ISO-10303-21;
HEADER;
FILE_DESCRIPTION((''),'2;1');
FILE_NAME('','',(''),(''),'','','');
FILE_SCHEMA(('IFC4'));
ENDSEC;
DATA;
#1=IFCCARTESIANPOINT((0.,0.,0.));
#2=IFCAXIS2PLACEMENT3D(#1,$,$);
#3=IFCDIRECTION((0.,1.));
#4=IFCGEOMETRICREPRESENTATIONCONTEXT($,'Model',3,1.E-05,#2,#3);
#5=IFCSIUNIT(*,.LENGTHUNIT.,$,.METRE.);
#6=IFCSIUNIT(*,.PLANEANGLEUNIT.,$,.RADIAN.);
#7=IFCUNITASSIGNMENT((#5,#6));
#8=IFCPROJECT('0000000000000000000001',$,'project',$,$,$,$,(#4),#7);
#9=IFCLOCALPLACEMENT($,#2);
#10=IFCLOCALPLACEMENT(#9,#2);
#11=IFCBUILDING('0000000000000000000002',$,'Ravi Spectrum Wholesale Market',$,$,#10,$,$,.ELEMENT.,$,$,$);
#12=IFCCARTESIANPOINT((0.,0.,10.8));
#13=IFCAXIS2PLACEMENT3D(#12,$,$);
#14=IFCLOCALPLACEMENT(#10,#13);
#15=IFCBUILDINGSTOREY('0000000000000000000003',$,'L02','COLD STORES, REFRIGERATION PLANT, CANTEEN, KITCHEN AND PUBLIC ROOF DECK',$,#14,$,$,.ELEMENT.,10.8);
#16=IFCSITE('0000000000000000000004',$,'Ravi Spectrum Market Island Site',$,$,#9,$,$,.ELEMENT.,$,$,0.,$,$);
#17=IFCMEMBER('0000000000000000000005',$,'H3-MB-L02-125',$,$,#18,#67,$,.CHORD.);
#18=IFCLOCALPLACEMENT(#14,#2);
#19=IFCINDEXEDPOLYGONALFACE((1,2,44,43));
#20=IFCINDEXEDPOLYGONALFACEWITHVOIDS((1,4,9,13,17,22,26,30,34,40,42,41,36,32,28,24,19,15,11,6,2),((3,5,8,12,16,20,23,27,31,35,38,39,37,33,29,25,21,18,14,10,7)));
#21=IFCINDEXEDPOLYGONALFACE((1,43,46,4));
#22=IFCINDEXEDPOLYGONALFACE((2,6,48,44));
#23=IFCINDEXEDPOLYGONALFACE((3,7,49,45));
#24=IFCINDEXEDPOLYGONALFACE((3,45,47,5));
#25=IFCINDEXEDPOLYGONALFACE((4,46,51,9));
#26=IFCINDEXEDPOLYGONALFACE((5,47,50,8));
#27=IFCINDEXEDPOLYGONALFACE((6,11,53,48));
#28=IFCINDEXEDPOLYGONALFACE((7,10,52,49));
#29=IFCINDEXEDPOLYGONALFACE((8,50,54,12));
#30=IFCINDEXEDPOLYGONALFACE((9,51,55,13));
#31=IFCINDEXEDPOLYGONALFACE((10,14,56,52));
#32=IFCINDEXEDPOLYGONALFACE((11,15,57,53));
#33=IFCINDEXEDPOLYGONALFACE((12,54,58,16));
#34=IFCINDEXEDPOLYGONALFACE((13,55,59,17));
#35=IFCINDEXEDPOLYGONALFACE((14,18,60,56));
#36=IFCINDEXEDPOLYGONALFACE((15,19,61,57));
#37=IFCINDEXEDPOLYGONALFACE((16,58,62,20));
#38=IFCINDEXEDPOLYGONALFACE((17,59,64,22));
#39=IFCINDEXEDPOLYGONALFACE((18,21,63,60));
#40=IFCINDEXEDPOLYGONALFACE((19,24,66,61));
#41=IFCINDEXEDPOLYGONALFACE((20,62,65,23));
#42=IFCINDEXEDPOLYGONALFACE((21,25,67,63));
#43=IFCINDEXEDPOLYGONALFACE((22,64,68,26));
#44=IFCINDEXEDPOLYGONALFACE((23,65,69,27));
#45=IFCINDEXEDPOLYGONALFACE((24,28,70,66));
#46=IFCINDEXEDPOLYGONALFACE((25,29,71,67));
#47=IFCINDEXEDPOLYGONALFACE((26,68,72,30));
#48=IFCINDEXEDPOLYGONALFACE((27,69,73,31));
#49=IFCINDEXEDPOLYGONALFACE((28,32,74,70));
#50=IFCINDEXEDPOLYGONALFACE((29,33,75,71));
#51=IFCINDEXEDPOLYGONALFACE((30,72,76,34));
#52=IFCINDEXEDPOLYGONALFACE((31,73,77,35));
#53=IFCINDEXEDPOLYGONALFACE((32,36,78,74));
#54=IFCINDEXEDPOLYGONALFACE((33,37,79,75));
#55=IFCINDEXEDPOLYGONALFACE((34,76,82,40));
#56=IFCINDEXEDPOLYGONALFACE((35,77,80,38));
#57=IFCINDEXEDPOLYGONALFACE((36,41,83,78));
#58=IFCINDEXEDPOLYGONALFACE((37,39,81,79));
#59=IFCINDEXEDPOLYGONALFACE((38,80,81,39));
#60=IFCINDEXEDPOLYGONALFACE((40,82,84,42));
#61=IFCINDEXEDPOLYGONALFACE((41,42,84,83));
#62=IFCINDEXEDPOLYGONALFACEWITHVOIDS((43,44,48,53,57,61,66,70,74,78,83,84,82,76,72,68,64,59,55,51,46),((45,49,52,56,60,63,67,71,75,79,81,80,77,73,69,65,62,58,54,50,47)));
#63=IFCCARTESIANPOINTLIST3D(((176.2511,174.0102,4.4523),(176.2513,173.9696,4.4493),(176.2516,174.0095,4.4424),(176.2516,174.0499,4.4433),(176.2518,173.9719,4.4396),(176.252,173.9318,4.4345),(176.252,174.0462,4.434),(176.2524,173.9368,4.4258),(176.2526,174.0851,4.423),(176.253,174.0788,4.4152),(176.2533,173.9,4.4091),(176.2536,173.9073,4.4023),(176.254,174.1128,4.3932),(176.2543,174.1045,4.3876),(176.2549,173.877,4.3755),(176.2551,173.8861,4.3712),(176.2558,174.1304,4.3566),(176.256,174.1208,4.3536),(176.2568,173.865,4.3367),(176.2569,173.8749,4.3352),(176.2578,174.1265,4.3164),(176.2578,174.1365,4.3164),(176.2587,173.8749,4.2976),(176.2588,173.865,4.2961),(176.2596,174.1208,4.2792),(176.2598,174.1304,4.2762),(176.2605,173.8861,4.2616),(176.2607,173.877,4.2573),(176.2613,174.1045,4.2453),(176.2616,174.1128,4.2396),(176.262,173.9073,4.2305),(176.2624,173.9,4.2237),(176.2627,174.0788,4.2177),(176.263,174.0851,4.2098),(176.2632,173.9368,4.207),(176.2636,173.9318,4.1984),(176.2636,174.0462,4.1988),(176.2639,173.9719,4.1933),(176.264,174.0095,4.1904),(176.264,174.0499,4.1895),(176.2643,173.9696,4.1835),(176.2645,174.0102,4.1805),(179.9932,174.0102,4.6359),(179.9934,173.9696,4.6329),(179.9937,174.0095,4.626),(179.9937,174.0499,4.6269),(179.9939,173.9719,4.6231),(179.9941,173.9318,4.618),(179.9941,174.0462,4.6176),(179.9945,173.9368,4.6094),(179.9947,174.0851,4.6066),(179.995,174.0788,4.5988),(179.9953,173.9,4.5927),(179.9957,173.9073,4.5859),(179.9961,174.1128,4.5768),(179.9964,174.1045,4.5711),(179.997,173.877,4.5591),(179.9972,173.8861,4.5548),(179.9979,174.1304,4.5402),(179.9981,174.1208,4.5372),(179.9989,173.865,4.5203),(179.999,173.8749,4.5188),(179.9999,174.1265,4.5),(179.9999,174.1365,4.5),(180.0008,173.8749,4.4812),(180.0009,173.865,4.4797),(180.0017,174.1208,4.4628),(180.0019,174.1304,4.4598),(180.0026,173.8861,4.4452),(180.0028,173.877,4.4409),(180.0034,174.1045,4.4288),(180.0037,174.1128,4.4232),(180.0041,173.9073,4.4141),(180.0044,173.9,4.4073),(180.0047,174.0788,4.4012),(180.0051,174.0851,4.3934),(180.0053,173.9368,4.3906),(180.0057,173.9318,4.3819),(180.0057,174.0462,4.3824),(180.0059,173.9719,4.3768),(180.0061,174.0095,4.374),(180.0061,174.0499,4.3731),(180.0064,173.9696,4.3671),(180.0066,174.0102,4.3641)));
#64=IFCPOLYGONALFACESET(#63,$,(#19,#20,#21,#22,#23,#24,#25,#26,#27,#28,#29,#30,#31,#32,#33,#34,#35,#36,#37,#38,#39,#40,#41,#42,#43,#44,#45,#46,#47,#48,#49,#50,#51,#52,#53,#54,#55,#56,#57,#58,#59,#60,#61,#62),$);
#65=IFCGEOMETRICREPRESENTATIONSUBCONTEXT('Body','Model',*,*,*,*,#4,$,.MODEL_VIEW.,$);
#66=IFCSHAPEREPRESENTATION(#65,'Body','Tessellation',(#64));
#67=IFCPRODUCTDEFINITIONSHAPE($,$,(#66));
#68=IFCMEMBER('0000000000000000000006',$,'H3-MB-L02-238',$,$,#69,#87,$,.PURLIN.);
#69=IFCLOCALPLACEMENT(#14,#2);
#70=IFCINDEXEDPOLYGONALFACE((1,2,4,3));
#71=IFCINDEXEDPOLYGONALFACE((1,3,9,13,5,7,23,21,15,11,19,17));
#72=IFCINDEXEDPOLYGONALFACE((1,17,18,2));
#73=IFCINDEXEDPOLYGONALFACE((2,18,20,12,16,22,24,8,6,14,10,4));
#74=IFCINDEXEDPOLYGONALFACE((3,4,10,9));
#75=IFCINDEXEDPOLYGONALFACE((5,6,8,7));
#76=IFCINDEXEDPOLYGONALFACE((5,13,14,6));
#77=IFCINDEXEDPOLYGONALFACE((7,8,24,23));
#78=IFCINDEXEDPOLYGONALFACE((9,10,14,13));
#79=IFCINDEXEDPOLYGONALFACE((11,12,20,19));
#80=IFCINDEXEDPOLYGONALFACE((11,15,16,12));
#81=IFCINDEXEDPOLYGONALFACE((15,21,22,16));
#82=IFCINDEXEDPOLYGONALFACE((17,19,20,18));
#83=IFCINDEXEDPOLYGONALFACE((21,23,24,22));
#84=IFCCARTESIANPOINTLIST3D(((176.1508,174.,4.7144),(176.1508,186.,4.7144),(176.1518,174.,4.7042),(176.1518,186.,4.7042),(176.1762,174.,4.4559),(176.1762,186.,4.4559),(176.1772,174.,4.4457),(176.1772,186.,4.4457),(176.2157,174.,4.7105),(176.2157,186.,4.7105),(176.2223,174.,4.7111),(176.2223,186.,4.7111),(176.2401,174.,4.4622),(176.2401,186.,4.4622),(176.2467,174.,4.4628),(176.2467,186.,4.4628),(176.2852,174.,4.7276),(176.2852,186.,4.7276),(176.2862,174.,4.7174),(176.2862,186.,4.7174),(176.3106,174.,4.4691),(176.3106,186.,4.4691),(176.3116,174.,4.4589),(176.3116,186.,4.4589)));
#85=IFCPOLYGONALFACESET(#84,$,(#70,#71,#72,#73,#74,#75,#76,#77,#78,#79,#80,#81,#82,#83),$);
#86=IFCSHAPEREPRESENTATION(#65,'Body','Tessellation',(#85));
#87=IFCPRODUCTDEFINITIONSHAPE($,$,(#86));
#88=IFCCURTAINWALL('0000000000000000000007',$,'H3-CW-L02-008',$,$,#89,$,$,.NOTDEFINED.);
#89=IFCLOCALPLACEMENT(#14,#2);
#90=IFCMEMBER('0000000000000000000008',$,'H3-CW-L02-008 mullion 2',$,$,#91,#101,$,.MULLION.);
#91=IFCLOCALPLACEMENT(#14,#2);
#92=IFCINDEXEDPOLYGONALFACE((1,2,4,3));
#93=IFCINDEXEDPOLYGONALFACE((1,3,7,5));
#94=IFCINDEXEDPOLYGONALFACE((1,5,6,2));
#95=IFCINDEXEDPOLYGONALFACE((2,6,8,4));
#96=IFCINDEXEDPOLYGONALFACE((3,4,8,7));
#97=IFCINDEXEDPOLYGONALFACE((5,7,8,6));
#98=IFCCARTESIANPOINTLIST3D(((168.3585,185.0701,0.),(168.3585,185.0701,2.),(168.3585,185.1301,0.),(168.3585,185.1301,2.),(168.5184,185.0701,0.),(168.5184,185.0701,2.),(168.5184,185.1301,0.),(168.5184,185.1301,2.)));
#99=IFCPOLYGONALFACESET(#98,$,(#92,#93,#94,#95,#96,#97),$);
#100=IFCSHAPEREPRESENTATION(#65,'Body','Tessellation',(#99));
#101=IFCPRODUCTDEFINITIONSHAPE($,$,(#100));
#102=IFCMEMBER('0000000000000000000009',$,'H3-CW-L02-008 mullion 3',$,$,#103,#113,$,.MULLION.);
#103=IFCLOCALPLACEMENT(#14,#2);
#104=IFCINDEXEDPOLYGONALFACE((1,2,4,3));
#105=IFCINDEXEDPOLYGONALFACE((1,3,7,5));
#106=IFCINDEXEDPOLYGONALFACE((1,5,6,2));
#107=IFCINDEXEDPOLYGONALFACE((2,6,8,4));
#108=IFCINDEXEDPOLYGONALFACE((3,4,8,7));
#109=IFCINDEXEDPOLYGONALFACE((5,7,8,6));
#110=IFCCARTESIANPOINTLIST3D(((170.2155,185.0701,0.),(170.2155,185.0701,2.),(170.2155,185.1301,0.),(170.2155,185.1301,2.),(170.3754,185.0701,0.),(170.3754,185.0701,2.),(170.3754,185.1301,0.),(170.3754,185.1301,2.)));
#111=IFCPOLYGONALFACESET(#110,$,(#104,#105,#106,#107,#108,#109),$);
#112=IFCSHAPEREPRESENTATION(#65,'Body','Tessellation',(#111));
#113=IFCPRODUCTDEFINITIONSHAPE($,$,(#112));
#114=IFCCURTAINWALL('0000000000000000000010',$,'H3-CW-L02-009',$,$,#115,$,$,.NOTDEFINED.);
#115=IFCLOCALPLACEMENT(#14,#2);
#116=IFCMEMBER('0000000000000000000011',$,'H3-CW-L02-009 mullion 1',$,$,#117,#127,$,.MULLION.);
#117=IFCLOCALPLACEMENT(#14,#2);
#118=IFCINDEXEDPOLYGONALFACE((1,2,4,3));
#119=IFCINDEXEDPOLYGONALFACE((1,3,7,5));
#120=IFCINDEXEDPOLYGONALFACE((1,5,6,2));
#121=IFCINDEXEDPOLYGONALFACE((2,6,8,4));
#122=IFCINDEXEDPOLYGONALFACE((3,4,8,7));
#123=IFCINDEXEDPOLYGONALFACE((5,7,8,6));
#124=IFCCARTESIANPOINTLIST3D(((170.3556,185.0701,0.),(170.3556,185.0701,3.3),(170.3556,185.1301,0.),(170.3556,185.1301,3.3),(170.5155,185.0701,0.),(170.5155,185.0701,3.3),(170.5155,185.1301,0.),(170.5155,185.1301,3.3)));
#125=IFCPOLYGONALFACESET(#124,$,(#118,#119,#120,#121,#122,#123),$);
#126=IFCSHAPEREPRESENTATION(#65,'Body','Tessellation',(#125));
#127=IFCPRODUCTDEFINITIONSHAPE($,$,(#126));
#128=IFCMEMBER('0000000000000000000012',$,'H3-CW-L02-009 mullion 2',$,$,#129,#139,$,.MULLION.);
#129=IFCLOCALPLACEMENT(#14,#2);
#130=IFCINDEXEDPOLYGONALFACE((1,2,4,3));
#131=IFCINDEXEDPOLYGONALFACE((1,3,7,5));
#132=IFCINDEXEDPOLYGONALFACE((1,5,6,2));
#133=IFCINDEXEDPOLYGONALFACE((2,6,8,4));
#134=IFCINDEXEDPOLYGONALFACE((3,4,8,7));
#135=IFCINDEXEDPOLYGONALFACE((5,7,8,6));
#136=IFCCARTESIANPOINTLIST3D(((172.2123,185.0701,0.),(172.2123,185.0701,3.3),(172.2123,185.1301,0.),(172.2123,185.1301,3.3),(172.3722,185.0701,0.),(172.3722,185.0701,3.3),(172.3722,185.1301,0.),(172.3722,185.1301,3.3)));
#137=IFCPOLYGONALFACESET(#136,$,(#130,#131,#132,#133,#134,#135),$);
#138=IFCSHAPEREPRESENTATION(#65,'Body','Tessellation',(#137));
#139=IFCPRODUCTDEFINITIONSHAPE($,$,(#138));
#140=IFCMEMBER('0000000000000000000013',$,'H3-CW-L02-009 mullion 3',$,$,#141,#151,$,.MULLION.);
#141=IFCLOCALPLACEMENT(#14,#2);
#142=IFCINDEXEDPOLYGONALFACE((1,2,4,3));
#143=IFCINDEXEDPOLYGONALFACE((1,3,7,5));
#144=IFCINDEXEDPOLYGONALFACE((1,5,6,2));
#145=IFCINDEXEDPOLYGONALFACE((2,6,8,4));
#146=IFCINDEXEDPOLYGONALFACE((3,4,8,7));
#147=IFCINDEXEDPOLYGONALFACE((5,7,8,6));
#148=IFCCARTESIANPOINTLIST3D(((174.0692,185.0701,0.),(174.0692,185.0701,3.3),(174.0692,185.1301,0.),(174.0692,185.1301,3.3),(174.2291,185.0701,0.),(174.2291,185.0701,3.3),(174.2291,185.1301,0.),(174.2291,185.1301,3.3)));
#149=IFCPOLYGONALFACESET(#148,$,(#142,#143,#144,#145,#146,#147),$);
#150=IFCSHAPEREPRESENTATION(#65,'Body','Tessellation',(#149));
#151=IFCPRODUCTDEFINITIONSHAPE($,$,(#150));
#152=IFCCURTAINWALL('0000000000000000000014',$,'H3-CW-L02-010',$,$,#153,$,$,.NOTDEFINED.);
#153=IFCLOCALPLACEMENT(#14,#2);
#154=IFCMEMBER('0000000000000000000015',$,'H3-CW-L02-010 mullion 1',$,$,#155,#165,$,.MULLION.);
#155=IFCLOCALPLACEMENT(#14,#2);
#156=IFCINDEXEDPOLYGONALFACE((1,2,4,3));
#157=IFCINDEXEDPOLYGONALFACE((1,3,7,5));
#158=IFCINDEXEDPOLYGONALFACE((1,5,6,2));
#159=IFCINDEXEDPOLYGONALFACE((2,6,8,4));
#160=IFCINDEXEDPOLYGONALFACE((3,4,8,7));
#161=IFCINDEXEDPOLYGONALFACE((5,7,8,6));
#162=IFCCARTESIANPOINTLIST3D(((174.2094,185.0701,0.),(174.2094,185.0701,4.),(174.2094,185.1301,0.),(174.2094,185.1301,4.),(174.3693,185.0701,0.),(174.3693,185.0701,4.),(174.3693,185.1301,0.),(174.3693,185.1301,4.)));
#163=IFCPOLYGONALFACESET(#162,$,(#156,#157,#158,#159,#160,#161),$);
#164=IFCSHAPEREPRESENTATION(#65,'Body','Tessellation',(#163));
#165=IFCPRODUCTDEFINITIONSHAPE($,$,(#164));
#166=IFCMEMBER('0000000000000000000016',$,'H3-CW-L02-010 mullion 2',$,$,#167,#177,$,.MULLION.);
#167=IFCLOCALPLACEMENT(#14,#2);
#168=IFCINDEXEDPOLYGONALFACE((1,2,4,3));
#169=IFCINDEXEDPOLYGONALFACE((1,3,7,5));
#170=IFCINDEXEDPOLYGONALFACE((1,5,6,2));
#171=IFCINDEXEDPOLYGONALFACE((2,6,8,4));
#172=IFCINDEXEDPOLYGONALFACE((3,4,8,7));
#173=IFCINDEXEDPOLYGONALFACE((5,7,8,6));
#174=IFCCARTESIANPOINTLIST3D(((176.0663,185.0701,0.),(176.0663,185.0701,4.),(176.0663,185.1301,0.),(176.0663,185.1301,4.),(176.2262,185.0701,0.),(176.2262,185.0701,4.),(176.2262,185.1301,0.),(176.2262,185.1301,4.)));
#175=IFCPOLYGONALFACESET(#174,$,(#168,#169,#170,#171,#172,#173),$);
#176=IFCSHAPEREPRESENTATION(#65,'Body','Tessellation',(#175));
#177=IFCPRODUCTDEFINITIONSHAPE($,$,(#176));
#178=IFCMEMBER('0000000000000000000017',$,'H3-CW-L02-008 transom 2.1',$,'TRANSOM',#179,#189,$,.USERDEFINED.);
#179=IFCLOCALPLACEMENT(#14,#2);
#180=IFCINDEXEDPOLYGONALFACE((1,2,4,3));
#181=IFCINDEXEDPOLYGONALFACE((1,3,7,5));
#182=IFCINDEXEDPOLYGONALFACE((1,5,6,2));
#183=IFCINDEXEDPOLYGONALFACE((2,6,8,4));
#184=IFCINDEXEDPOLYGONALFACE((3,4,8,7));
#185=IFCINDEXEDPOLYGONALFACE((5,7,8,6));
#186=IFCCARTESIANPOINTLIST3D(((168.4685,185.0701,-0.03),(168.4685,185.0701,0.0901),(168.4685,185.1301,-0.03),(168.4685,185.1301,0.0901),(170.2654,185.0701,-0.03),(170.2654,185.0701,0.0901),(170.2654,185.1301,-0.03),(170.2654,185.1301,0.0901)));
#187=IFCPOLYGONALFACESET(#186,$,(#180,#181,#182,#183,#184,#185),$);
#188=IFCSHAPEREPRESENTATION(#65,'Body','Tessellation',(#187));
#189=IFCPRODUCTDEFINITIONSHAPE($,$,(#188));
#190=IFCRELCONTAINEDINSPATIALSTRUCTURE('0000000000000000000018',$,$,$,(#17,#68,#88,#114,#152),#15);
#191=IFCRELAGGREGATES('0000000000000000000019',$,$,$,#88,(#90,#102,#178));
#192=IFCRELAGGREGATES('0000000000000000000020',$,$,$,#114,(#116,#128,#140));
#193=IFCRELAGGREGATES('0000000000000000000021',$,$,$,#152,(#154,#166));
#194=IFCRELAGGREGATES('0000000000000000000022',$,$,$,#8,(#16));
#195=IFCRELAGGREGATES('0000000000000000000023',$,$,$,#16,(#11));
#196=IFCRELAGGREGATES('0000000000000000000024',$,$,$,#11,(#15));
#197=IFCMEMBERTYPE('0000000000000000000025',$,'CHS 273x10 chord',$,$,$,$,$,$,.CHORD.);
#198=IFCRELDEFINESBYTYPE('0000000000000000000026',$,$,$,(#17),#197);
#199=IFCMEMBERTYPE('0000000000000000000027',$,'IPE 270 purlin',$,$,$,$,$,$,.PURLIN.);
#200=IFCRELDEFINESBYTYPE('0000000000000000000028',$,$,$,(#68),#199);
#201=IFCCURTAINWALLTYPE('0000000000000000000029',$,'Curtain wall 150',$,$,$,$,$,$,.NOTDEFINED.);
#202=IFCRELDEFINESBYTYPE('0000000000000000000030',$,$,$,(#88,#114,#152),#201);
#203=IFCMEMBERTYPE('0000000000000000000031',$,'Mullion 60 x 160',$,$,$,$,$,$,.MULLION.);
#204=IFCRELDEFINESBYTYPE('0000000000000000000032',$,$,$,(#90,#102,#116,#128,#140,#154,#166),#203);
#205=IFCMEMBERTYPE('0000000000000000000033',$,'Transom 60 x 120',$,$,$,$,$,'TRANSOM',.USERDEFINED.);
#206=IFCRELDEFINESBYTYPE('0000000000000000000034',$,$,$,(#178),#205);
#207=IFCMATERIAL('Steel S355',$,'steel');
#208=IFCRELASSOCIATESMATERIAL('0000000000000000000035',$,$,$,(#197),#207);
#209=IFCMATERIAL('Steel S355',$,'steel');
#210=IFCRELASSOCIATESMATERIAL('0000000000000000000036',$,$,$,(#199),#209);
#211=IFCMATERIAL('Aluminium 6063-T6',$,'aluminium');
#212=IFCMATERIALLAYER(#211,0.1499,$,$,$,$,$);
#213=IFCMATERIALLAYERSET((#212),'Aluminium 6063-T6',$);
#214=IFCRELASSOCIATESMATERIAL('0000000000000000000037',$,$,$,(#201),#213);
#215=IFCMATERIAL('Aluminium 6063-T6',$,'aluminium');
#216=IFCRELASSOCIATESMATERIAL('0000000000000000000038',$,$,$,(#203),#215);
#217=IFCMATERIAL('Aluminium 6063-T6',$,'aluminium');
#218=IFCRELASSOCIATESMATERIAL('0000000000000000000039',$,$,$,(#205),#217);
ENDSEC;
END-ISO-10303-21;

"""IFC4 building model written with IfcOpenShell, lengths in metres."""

from ifc_helpers import new_model, si_unit, direction, frame, origin, origin_2d, place, context, subcontext, project, spatial, rectangle, hollow_circle, i_section, extrude, material, layer, layer_set, material_profile, profile_set, type_object, element, aggregate, save


model = new_model("IFC4")

# Units and contexts
model_context = context("Model", 3, precision=1e-05, world=origin(), true_north=direction((0.0, 1.0)))
body_context = subcontext(model_context, "Body", "Model", "MODEL_VIEW")
ifc_project = project(units=[si_unit("LENGTHUNIT", "METRE"), si_unit("PLANEANGLEUNIT", "RADIAN")], contexts=[model_context])

# Site, building, storey
site_placement = place(None, origin())
site = spatial("IfcSite", under=ifc_project, at=site_placement, Name="Ravi Spectrum Market Island Site", CompositionType="ELEMENT", RefElevation=0.0)
building_placement = place(site_placement, origin())
building = spatial("IfcBuilding", under=site, at=building_placement, Name="Ravi Spectrum Wholesale Market", CompositionType="ELEMENT")
storey_placement = place(building_placement, frame((0.0, 0.0, 10.8)))
storey = spatial("IfcBuildingStorey", under=building, at=storey_placement, Name="L02", Description="COLD STORES, REFRIGERATION PLANT, CANTEEN, KITCHEN AND PUBLIC ROOF DECK", CompositionType="ELEMENT", Elevation=10.8)

# Members
ifc_material_1 = material(Name="Steel S355", Category="steel")
ifc_material_profile_1 = material_profile(ifc_material_1, hollow_circle(Radius=0.1365, WallThickness=0.01, at=origin_2d()))
ifc_profile_set_1 = profile_set([ifc_material_profile_1], Name="Steel S355")
member_type_1 = type_object("IfcMemberType", Name="CHS 273x10 chord", PredefinedType="CHORD", material=ifc_profile_set_1)
member_1_placement = place(storey_placement, frame((176.2578, 174.0, 4.3164), z_axis=(0.998799, 0.0, 0.049002), x_axis=(0.0, 1.0, 0.0)))
element("IfcMember", 1, at=member_1_placement, inside=storey, type_object=member_type_1, Name="H3-MB-L02-125", PredefinedType="CHORD", context=body_context, shape_type="SweptSolid", body=[
    extrude(hollow_circle(Radius=0.1365, WallThickness=0.01, at=origin_2d()), origin(), (0.0, 0.0, 1.0), 3.7466),
])
ifc_material_2 = material(Name="Steel S355", Category="steel")
ifc_material_profile_2 = material_profile(ifc_material_2, i_section(OverallWidth=0.135, OverallDepth=0.27, WebThickness=0.0066, FlangeThickness=0.0103, at=origin_2d()))
ifc_profile_set_2 = profile_set([ifc_material_profile_2], Name="Steel S355")
member_type_2 = type_object("IfcMemberType", Name="IPE 270 purlin", PredefinedType="PURLIN", material=ifc_profile_set_2)
member_2_placement = place(storey_placement, frame((176.2312, 174.0, 4.5867), z_axis=(0.0, 1.0, 0.0), x_axis=(-0.995203, 0.0, -0.097835)))
element("IfcMember", 2, at=member_2_placement, inside=storey, type_object=member_type_2, Name="H3-MB-L02-238", PredefinedType="PURLIN", context=body_context, shape_type="SweptSolid", body=[
    extrude(i_section(OverallWidth=0.135, OverallDepth=0.27, WebThickness=0.0066, FlangeThickness=0.0103, at=origin_2d()), origin(), (0.0, 0.0, 1.0), 12.0),
])

# Curtain walls, members
ifc_material_3 = material(Name="Aluminium 6063-T6", Category="aluminium")
ifc_layer_1 = layer(ifc_material_3, 0.1499)
ifc_layer_set_1 = layer_set([ifc_layer_1], Name="Aluminium 6063-T6")
curtain_wall_type = type_object("IfcCurtainWallType", Name="Curtain wall 150", PredefinedType="NOTDEFINED", material=ifc_layer_set_1)
curtain_wall_1_placement = place(storey_placement, origin())
curtain_wall_1 = element("IfcCurtainWall", 3, at=curtain_wall_1_placement, inside=storey, type_object=curtain_wall_type, Name="H3-CW-L02-008", PredefinedType="NOTDEFINED")
ifc_material_4 = material(Name="Aluminium 6063-T6", Category="aluminium")
ifc_material_profile_3 = material_profile(ifc_material_4, rectangle(XDim=0.0601, YDim=0.1599, at=origin_2d()))
ifc_profile_set_3 = profile_set([ifc_material_profile_3], Name="Aluminium 6063-T6")
member_type_3 = type_object("IfcMemberType", Name="Mullion 60 x 160", PredefinedType="MULLION", material=ifc_profile_set_3)
member_3_placement = place(storey_placement, frame((168.4385, 185.1001, 0.0), z_axis=(0.0, 0.0, 1.0), x_axis=(0.0, 1.0, 0.0)))
member_3 = element("IfcMember", 4, at=member_3_placement, type_object=member_type_3, Name="H3-CW-L02-008 mullion 2", PredefinedType="MULLION", context=body_context, shape_type="SweptSolid", body=[
    extrude(rectangle(XDim=0.0601, YDim=0.1599, at=origin_2d()), origin(), (0.0, 0.0, 1.0), 2.0),
])
member_4_placement = place(storey_placement, frame((170.2954, 185.1001, 0.0), z_axis=(0.0, 0.0, 1.0), x_axis=(0.0, 1.0, 0.0)))
member_4 = element("IfcMember", 5, at=member_4_placement, type_object=member_type_3, Name="H3-CW-L02-008 mullion 3", PredefinedType="MULLION", context=body_context, shape_type="SweptSolid", body=[
    extrude(rectangle(XDim=0.0601, YDim=0.1599, at=origin_2d()), origin(), (0.0, 0.0, 1.0), 2.0),
])
curtain_wall_2_placement = place(storey_placement, origin())
curtain_wall_2 = element("IfcCurtainWall", 6, at=curtain_wall_2_placement, inside=storey, type_object=curtain_wall_type, Name="H3-CW-L02-009", PredefinedType="NOTDEFINED")
member_5_placement = place(storey_placement, frame((170.4355, 185.1001, 0.0), z_axis=(0.0, 0.0, 1.0), x_axis=(0.0, 1.0, 0.0)))
member_5 = element("IfcMember", 7, at=member_5_placement, type_object=member_type_3, Name="H3-CW-L02-009 mullion 1", PredefinedType="MULLION", context=body_context, shape_type="SweptSolid", body=[
    extrude(rectangle(XDim=0.0601, YDim=0.1599, at=origin_2d()), origin(), (0.0, 0.0, 1.0), 3.3),
])
member_6_placement = place(storey_placement, frame((172.2922, 185.1001, 0.0), z_axis=(0.0, 0.0, 1.0), x_axis=(0.0, 1.0, 0.0)))
member_6 = element("IfcMember", 8, at=member_6_placement, type_object=member_type_3, Name="H3-CW-L02-009 mullion 2", PredefinedType="MULLION", context=body_context, shape_type="SweptSolid", body=[
    extrude(rectangle(XDim=0.0601, YDim=0.1599, at=origin_2d()), origin(), (0.0, 0.0, 1.0), 3.3),
])
member_7_placement = place(storey_placement, frame((174.1492, 185.1001, 0.0), z_axis=(0.0, 0.0, 1.0), x_axis=(0.0, 1.0, 0.0)))
member_7 = element("IfcMember", 9, at=member_7_placement, type_object=member_type_3, Name="H3-CW-L02-009 mullion 3", PredefinedType="MULLION", context=body_context, shape_type="SweptSolid", body=[
    extrude(rectangle(XDim=0.0601, YDim=0.1599, at=origin_2d()), origin(), (0.0, 0.0, 1.0), 3.3),
])
curtain_wall_3_placement = place(storey_placement, origin())
curtain_wall_3 = element("IfcCurtainWall", 10, at=curtain_wall_3_placement, inside=storey, type_object=curtain_wall_type, Name="H3-CW-L02-010", PredefinedType="NOTDEFINED")
member_8_placement = place(storey_placement, frame((174.2893, 185.1001, 0.0), z_axis=(0.0, 0.0, 1.0), x_axis=(0.0, 1.0, 0.0)))
member_8 = element("IfcMember", 11, at=member_8_placement, type_object=member_type_3, Name="H3-CW-L02-010 mullion 1", PredefinedType="MULLION", context=body_context, shape_type="SweptSolid", body=[
    extrude(rectangle(XDim=0.0601, YDim=0.1599, at=origin_2d()), origin(), (0.0, 0.0, 1.0), 4.0),
])
member_9_placement = place(storey_placement, frame((176.1462, 185.1001, 0.0), z_axis=(0.0, 0.0, 1.0), x_axis=(0.0, 1.0, 0.0)))
member_9 = element("IfcMember", 12, at=member_9_placement, type_object=member_type_3, Name="H3-CW-L02-010 mullion 2", PredefinedType="MULLION", context=body_context, shape_type="SweptSolid", body=[
    extrude(rectangle(XDim=0.0601, YDim=0.1599, at=origin_2d()), origin(), (0.0, 0.0, 1.0), 4.0),
])

# Member
ifc_material_5 = material(Name="Aluminium 6063-T6", Category="aluminium")
ifc_material_profile_4 = material_profile(ifc_material_5, rectangle(XDim=0.0601, YDim=0.1201, at=origin_2d()))
ifc_profile_set_4 = profile_set([ifc_material_profile_4], Name="Aluminium 6063-T6")
member_type_4 = type_object("IfcMemberType", Name="Transom 60 x 120", ElementType="TRANSOM", PredefinedType="USERDEFINED", material=ifc_profile_set_4)
member_10_placement = place(storey_placement, frame((168.4685, 185.1001, 0.03), z_axis=(1.0, 0.0, 0.0), x_axis=(0.0, 1.0, 0.0)))
member_10 = element("IfcMember", 13, at=member_10_placement, type_object=member_type_4, Name="H3-CW-L02-008 transom 2.1", ObjectType="TRANSOM", PredefinedType="USERDEFINED", context=body_context, shape_type="SweptSolid", body=[
    extrude(rectangle(XDim=0.0601, YDim=0.1201, at=origin_2d()), origin(), (0.0, 0.0, 1.0), 1.7969),
])

aggregate(curtain_wall_1, [member_3, member_4, member_10])
aggregate(curtain_wall_2, [member_5, member_6, member_7])
aggregate(curtain_wall_3, [member_8, member_9])

save(model, "model.ifc")
